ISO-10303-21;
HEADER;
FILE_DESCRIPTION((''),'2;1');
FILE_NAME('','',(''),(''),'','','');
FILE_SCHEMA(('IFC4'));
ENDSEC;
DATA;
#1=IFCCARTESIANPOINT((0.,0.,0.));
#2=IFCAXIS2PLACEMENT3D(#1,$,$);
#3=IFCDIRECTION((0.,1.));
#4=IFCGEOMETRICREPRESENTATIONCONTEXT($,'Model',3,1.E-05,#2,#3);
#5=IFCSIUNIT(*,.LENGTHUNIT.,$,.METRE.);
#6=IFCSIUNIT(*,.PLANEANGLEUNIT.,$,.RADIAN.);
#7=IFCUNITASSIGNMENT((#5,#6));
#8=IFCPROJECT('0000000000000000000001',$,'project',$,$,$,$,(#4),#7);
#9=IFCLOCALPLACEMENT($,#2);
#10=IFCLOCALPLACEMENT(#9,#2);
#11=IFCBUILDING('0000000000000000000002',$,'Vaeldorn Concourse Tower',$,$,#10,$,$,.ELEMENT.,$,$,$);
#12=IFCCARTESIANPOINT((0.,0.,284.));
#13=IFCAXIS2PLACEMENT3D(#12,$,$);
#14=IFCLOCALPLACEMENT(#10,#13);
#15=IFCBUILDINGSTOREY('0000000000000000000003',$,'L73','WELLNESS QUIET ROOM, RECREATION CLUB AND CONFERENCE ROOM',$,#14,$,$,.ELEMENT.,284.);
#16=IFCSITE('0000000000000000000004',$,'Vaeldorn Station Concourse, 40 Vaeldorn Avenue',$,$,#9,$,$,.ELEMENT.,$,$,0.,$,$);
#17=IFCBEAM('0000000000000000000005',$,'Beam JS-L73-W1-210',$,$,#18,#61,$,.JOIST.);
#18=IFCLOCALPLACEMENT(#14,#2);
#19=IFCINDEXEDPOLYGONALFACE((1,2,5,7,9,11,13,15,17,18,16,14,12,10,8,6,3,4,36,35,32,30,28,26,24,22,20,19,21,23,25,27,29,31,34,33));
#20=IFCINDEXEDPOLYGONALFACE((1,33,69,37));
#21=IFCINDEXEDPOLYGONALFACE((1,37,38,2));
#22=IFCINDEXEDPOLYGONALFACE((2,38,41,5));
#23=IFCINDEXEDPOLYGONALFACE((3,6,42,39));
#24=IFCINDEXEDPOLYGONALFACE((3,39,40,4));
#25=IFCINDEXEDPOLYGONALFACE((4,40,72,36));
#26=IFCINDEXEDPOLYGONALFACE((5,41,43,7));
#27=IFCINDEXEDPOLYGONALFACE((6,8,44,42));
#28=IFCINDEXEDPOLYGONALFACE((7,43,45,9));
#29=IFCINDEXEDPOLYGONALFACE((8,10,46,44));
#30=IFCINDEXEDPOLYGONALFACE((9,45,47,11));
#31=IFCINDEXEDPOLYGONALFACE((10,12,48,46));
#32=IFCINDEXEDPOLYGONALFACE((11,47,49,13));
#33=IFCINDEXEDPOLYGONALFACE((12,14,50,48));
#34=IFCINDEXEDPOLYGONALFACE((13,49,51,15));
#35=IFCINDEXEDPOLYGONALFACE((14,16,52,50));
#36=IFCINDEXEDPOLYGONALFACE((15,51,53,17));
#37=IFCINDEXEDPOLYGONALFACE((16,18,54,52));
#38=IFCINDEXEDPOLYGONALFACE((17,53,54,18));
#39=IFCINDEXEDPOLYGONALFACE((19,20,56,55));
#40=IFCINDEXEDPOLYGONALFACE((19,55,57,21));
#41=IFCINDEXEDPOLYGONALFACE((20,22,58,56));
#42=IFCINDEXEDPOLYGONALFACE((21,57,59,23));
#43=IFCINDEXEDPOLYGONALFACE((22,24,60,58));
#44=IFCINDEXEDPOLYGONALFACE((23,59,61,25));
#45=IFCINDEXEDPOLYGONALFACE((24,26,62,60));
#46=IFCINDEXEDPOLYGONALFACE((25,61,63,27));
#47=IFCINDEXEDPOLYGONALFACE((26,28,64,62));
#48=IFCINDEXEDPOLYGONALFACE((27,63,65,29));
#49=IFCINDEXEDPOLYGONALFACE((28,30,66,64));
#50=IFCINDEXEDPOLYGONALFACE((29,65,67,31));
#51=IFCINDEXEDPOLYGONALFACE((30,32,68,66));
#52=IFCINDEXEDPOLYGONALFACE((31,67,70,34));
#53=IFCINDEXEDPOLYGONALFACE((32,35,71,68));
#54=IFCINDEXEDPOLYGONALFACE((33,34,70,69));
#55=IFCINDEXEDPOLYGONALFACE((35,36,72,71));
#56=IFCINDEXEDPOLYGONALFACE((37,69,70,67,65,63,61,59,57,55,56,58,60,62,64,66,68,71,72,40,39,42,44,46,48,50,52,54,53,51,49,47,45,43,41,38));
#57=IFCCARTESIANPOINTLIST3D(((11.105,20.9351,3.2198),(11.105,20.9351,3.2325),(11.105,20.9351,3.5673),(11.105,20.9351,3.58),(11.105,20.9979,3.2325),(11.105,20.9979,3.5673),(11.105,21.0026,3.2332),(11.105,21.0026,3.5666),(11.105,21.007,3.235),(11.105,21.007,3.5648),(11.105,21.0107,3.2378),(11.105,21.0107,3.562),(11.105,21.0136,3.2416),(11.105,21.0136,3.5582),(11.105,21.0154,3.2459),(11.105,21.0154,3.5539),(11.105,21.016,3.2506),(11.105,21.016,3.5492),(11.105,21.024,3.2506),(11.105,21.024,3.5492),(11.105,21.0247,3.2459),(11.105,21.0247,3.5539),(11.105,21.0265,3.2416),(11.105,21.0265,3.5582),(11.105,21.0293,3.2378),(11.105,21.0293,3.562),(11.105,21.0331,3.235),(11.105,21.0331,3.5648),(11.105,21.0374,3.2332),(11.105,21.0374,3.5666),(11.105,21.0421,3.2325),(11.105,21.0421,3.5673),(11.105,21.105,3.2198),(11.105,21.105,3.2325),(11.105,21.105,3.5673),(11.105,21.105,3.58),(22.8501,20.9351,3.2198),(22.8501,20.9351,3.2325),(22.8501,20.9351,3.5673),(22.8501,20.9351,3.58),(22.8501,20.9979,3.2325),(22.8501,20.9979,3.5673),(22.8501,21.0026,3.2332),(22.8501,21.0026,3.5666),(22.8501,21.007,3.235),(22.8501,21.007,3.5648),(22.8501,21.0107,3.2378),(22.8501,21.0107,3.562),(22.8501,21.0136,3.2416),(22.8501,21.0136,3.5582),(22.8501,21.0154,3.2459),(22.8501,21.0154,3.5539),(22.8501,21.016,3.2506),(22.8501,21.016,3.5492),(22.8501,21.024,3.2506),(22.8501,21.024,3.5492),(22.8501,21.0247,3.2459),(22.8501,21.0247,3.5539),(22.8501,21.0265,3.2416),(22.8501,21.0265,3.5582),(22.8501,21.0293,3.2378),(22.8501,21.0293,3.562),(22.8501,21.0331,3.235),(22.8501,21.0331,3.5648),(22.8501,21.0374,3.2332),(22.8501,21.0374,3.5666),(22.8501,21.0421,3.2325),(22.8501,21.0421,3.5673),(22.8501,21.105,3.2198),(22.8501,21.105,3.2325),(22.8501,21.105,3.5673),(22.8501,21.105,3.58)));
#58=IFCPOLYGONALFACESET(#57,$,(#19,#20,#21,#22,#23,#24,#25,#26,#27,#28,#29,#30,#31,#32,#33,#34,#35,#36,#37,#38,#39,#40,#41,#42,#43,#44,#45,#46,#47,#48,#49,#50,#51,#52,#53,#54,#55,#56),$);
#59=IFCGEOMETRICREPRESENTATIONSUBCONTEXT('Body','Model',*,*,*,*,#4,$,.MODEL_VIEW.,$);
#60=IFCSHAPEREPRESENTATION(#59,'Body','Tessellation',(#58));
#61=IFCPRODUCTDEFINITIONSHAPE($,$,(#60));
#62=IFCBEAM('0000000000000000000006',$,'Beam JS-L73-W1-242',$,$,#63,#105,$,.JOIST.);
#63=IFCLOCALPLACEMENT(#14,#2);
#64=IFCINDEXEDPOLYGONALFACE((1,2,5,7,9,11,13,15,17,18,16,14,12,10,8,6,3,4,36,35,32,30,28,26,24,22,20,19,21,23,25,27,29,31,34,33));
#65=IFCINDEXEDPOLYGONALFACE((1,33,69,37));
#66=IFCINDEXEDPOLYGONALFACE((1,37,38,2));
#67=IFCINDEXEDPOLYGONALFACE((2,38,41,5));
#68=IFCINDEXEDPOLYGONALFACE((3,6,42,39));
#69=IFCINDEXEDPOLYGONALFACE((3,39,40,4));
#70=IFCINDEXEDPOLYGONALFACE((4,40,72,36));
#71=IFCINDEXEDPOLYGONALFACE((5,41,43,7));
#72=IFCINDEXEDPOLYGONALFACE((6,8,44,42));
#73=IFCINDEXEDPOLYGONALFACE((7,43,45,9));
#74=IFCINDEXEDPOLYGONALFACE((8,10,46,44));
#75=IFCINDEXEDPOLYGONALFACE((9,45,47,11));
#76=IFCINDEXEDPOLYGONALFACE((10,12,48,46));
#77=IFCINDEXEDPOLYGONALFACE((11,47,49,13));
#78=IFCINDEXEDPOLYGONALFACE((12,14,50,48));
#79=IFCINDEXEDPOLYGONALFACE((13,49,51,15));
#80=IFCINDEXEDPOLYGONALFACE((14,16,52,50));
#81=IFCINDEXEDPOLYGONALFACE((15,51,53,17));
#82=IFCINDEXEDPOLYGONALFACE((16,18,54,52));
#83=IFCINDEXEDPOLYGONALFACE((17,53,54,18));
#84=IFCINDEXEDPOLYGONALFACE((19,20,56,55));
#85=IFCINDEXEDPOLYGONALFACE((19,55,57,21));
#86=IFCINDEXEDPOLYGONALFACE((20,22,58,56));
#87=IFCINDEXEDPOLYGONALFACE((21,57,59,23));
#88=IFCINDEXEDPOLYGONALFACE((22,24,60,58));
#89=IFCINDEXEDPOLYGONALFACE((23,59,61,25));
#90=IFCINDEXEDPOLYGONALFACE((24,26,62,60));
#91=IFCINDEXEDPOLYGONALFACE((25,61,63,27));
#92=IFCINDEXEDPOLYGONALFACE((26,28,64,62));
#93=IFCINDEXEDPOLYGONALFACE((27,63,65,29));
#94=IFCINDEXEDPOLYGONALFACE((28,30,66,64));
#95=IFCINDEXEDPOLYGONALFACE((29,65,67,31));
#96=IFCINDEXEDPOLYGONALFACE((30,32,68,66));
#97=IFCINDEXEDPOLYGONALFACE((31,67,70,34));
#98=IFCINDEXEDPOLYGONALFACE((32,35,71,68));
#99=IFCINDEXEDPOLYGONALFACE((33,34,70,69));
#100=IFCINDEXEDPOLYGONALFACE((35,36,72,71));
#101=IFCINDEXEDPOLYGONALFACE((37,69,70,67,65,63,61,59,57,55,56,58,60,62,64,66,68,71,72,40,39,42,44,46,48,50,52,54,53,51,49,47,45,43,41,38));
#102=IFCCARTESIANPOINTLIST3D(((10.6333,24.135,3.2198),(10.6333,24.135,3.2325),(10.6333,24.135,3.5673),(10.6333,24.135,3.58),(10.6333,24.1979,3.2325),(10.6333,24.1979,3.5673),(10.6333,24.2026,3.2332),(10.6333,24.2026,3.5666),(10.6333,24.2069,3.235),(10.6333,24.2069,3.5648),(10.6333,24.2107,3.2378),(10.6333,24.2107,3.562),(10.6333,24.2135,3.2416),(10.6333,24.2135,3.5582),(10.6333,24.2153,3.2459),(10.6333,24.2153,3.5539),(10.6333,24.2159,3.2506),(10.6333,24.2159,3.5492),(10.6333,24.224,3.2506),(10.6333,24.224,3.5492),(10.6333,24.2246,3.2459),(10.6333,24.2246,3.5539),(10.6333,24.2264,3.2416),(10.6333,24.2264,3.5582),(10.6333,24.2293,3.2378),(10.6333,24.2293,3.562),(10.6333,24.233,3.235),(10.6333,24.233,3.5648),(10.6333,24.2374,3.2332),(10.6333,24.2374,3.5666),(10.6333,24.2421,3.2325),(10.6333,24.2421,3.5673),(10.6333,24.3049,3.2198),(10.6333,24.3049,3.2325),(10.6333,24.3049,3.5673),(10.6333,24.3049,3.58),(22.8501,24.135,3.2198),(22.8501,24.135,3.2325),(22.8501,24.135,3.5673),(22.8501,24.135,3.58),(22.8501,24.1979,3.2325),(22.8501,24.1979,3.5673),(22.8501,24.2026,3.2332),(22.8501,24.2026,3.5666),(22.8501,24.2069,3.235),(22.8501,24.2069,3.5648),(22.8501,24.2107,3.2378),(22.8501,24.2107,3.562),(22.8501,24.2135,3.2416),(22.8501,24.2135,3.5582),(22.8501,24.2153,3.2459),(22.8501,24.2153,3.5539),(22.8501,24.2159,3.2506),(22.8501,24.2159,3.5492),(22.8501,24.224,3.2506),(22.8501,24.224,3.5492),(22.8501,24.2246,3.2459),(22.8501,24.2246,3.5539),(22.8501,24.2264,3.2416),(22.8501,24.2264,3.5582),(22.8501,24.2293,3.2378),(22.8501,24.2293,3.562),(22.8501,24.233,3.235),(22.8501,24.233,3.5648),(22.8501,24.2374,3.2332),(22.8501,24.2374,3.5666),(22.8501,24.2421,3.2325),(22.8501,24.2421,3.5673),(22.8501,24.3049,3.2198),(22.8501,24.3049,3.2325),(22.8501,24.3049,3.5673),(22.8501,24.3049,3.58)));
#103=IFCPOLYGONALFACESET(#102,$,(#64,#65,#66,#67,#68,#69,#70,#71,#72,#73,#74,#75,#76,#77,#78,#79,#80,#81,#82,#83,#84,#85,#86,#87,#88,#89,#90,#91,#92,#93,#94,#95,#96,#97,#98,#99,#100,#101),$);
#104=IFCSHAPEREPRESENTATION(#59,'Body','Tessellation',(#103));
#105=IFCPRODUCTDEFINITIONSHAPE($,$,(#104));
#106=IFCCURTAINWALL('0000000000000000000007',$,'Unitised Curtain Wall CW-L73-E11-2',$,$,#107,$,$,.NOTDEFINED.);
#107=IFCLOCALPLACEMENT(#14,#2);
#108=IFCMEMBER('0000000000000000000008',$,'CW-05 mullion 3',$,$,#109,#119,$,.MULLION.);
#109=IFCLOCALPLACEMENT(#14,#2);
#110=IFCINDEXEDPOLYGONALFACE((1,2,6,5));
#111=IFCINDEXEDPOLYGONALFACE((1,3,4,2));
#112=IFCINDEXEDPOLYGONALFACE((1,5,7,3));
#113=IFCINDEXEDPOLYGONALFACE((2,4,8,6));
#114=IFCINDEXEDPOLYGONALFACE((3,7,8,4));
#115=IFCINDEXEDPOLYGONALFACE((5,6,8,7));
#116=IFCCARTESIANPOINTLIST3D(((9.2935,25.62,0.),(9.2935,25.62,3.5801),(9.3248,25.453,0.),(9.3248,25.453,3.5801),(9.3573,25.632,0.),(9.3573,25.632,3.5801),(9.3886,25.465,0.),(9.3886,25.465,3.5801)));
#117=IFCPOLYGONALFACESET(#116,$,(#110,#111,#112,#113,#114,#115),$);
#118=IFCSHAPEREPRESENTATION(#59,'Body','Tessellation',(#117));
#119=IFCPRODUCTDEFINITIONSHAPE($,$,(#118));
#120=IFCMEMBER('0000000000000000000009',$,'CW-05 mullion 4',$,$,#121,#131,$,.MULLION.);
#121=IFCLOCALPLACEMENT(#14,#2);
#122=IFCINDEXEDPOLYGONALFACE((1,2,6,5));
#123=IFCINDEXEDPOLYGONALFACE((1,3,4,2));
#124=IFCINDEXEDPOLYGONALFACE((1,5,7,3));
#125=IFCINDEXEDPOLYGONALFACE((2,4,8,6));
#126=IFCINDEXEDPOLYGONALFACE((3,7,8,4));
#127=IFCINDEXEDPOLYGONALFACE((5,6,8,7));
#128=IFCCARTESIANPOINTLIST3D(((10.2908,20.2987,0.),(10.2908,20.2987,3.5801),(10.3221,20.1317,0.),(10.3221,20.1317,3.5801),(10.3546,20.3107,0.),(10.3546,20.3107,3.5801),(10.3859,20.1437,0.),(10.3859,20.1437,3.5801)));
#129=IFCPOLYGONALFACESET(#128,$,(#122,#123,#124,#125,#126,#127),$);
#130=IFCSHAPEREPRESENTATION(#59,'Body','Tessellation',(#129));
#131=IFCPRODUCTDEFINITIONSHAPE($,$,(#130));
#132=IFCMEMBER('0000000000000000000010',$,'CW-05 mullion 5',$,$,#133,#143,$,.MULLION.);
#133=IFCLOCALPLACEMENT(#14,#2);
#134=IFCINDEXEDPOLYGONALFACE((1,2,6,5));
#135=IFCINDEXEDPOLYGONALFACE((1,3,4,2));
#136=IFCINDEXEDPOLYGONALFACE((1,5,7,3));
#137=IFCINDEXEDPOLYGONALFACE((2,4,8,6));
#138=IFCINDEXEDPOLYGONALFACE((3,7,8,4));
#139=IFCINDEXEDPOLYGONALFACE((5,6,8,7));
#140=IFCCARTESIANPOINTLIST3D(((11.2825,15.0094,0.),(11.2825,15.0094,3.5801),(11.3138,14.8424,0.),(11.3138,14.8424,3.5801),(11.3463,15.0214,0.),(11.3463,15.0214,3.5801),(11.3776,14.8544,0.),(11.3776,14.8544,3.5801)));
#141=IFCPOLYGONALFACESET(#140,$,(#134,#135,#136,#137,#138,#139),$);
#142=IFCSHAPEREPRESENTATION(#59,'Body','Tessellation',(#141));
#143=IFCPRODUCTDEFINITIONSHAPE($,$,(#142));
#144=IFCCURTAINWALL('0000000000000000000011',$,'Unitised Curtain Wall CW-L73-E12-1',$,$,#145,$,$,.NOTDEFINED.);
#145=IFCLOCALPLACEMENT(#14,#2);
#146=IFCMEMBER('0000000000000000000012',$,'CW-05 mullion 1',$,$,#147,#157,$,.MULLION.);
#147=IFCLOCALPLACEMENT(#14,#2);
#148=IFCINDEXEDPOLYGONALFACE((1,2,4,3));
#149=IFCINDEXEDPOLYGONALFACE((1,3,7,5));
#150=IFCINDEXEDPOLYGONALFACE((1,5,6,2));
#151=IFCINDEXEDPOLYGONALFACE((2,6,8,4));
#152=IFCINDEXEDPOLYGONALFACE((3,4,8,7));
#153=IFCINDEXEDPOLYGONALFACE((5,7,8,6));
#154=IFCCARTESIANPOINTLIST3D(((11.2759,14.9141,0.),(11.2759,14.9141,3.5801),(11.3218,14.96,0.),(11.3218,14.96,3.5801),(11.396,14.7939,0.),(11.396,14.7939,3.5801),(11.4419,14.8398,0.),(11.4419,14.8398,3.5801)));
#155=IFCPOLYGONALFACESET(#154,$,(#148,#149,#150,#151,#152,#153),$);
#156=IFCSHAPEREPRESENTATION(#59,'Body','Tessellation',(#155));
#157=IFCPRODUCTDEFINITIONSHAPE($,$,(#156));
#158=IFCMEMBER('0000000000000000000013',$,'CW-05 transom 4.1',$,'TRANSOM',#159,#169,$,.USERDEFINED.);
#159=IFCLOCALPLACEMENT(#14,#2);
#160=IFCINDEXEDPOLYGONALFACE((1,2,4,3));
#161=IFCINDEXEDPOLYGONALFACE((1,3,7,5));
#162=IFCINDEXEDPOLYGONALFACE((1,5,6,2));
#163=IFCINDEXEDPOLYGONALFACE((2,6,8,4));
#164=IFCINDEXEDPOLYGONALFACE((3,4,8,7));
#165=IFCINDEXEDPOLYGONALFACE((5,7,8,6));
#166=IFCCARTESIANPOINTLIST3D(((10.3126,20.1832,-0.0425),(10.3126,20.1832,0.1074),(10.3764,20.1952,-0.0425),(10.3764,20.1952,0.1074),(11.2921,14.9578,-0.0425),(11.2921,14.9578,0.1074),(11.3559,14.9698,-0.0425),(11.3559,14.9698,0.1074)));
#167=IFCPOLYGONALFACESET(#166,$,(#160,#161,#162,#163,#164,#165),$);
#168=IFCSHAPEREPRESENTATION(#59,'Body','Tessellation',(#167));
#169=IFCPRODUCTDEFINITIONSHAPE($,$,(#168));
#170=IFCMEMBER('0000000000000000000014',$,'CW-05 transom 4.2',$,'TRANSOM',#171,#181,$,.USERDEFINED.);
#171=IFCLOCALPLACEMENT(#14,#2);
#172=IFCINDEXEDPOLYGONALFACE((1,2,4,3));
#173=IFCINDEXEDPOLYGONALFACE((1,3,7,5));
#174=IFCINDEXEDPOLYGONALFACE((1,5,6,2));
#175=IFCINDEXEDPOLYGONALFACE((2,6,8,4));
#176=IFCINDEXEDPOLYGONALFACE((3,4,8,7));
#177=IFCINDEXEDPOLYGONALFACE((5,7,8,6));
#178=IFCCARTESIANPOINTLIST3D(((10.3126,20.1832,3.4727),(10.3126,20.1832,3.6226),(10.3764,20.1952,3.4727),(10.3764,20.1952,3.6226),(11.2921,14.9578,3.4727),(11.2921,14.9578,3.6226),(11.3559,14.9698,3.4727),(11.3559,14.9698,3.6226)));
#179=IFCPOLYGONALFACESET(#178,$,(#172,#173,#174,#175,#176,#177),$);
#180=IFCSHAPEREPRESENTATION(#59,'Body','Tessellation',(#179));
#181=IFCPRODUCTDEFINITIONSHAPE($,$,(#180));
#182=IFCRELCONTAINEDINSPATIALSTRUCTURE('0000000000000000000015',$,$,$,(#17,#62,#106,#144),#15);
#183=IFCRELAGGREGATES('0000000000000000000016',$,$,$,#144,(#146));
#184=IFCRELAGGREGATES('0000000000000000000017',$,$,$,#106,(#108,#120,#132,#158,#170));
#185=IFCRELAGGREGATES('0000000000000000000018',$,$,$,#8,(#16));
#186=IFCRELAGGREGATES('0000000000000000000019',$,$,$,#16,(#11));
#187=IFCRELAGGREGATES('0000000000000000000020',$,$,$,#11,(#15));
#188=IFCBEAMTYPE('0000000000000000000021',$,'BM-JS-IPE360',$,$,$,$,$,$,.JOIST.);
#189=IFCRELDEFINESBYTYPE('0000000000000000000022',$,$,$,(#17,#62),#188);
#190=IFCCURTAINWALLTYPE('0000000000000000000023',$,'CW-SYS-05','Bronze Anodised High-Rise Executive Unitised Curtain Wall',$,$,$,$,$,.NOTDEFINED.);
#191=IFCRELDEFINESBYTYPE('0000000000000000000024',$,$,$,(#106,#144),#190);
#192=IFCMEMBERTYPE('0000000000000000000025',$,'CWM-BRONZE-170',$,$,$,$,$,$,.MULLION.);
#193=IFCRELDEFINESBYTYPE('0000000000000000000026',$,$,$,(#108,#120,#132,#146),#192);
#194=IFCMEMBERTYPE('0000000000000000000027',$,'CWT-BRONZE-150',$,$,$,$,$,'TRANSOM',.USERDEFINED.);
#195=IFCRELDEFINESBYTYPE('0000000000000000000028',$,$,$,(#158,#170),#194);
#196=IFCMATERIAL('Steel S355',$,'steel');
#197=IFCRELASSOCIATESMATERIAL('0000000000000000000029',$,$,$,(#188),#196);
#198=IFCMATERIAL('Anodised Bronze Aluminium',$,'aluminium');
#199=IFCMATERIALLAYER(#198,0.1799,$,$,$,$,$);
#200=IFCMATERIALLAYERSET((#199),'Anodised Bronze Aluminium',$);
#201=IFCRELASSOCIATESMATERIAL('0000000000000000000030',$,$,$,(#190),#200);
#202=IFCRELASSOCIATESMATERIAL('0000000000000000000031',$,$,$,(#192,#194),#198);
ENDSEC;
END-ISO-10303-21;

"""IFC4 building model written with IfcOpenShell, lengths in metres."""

from ifc_helpers import new_model, si_unit, direction, frame, origin, origin_2d, place, context, subcontext, project, spatial, rectangle, i_section, extrude, source, transform, mapped, material, layer, layer_set, material_profile, profile_set, type_object, element, aggregate, save


model = new_model("IFC4")

# Units and contexts
model_context = context("Model", 3, precision=1e-05, world=origin(), true_north=direction((0.0, 1.0)))
body_context = subcontext(model_context, "Body", "Model", "MODEL_VIEW")
ifc_project = project(units=[si_unit("LENGTHUNIT", "METRE"), si_unit("PLANEANGLEUNIT", "RADIAN")], contexts=[model_context])

# Site, building, storey
site_placement = place(None, origin())
site = spatial("IfcSite", under=ifc_project, at=site_placement, Name="Vaeldorn Station Concourse, 40 Vaeldorn Avenue", CompositionType="ELEMENT", RefElevation=0.0)
building_placement = place(site_placement, origin())
building = spatial("IfcBuilding", under=site, at=building_placement, Name="Vaeldorn Concourse Tower", CompositionType="ELEMENT")
storey_placement = place(building_placement, frame((0.0, 0.0, 284.0)))
storey = spatial("IfcBuildingStorey", under=building, at=storey_placement, Name="L73", Description="WELLNESS QUIET ROOM, RECREATION CLUB AND CONFERENCE ROOM", CompositionType="ELEMENT", Elevation=284.0)

# Shared definitions
ifc_material_1 = material(Name="Steel S355", Category="steel")

# Beams
ifc_material_profile_1 = material_profile(ifc_material_1, i_section(OverallWidth=0.1699, OverallDepth=0.3601, WebThickness=0.0081, FlangeThickness=0.0127, FilletRadius=0.0181, at=origin_2d()), Name="IPE 360")
ifc_profile_set_1 = profile_set([ifc_material_profile_1], Name="Steel S355")
beam_type_1 = type_object("IfcBeamType", Name="BM-JS-IPE360", PredefinedType="JOIST", material=ifc_profile_set_1)
shared_shape_1 = source(origin(), body_context, "Body", "SweptSolid", [
    extrude(i_section(OverallWidth=0.1699, OverallDepth=0.3601, WebThickness=0.0081, FlangeThickness=0.0127, FilletRadius=0.0181, at=origin_2d()), origin(), (0.0, 0.0, 1.0), 11.7451),
])
beam_1_placement = place(storey_placement, frame((11.105, 21.02, 3.3999), z_axis=(1.0, 0.0, 0.0), x_axis=(0.0, 1.0, 0.0)))
element("IfcBeam", 1, at=beam_1_placement, inside=storey, type_object=beam_type_1, Name="Beam JS-L73-W1-210", PredefinedType="JOIST", context=body_context, shape_type="MappedRepresentation", body=[
    mapped(shared_shape_1, transform((0.0, 0.0, 0.0), scale=1.0)),
])
shared_shape_2 = source(origin(), body_context, "Body", "SweptSolid", [
    extrude(i_section(OverallWidth=0.1699, OverallDepth=0.3601, WebThickness=0.0081, FlangeThickness=0.0127, FilletRadius=0.0181, at=origin_2d()), origin(), (0.0, 0.0, 1.0), 12.2168),
])
beam_2_placement = place(storey_placement, frame((10.6333, 24.22, 3.3999), z_axis=(1.0, 0.0, 0.0), x_axis=(0.0, 1.0, 0.0)))
element("IfcBeam", 2, at=beam_2_placement, inside=storey, type_object=beam_type_1, Name="Beam JS-L73-W1-242", PredefinedType="JOIST", context=body_context, shape_type="MappedRepresentation", body=[
    mapped(shared_shape_2, transform((0.0, 0.0, 0.0), scale=1.0)),
])

# Curtain wall, members
ifc_material_2 = material(Name="Anodised Bronze Aluminium", Category="aluminium")
ifc_layer_1 = layer(ifc_material_2, 0.1799)
ifc_layer_set_1 = layer_set([ifc_layer_1], Name="Anodised Bronze Aluminium")
curtain_wall_type = type_object("IfcCurtainWallType", Name="CW-SYS-05", Description="Bronze Anodised High-Rise Executive Unitised Curtain Wall", PredefinedType="NOTDEFINED", material=ifc_layer_set_1)
curtain_wall_1_placement = place(storey_placement, origin())
curtain_wall_1 = element("IfcCurtainWall", 3, at=curtain_wall_1_placement, inside=storey, type_object=curtain_wall_type, Name="Unitised Curtain Wall CW-L73-E11-2", PredefinedType="NOTDEFINED")
ifc_material_profile_2 = material_profile(ifc_material_2, rectangle(XDim=0.0649, YDim=0.1699, at=origin_2d()), Name="CWM 65x170")
ifc_profile_set_2 = profile_set([ifc_material_profile_2], Name="Anodised Bronze Aluminium")
member_type_1 = type_object("IfcMemberType", Name="CWM-BRONZE-170", PredefinedType="MULLION", material=ifc_profile_set_2)
shared_shape_3 = source(origin(), body_context, "Body", "SweptSolid", [
    extrude(rectangle(XDim=0.0649, YDim=0.1699, at=origin_2d()), origin(), (0.0, 0.0, 1.0), 3.5801),
])
member_1_placement = place(storey_placement, frame((9.3411, 25.5425, 0.0), z_axis=(0.0, 0.0, 1.0), x_axis=(0.98288, 0.184247, 0.0)))
member_1 = element("IfcMember", 4, at=member_1_placement, type_object=member_type_1, Name="CW-05 mullion 3", PredefinedType="MULLION", context=body_context, shape_type="MappedRepresentation", body=[
    mapped(shared_shape_3, transform((0.0, 0.0, 0.0), scale=1.0)),
])
member_2_placement = place(storey_placement, frame((10.3384, 20.2212, 0.0), z_axis=(0.0, 0.0, 1.0), x_axis=(0.98288, 0.184247, 0.0)))
member_2 = element("IfcMember", 5, at=member_2_placement, type_object=member_type_1, Name="CW-05 mullion 4", PredefinedType="MULLION", context=body_context, shape_type="MappedRepresentation", body=[
    mapped(shared_shape_3, transform((0.0, 0.0, 0.0), scale=1.0)),
])
member_3_placement = place(storey_placement, frame((11.3301, 14.9319, 0.0), z_axis=(0.0, 0.0, 1.0), x_axis=(0.98288, 0.184247, 0.0)))
member_3 = element("IfcMember", 6, at=member_3_placement, type_object=member_type_1, Name="CW-05 mullion 5", PredefinedType="MULLION", context=body_context, shape_type="MappedRepresentation", body=[
    mapped(shared_shape_3, transform((0.0, 0.0, 0.0), scale=1.0)),
])

# Curtain wall, member
curtain_wall_2_placement = place(storey_placement, origin())
curtain_wall_2 = element("IfcCurtainWall", 7, at=curtain_wall_2_placement, inside=storey, type_object=curtain_wall_type, Name="Unitised Curtain Wall CW-L73-E12-1", PredefinedType="NOTDEFINED")
member_4_placement = place(storey_placement, frame((11.3589, 14.877, 0.0), z_axis=(0.0, 0.0, 1.0), x_axis=(0.707107, 0.707107, 0.0)))
member_4 = element("IfcMember", 8, at=member_4_placement, type_object=member_type_1, Name="CW-05 mullion 1", PredefinedType="MULLION", context=body_context, shape_type="MappedRepresentation", body=[
    mapped(shared_shape_3, transform((0.0, 0.0, 0.0), scale=1.0)),
])
aggregate(curtain_wall_2, [member_4])

# Members
ifc_material_profile_3 = material_profile(ifc_material_2, rectangle(XDim=0.0649, YDim=0.1499, at=origin_2d()), Name="CWT 65x150")
ifc_profile_set_3 = profile_set([ifc_material_profile_3], Name="Anodised Bronze Aluminium")
member_type_2 = type_object("IfcMemberType", Name="CWT-BRONZE-150", ElementType="TRANSOM", PredefinedType="USERDEFINED", material=ifc_profile_set_3)
shared_shape_4 = source(origin(), body_context, "Body", "SweptSolid", [
    extrude(rectangle(XDim=0.0649, YDim=0.1499, at=origin_2d()), origin(), (0.0, 0.0, 1.0), 5.3164),
])
member_5_placement = place(storey_placement, frame((10.3445, 20.1892, 0.0325), z_axis=(0.184241, -0.982881, 0.0), x_axis=(0.982881, 0.184241, 0.0)))
member_5 = element("IfcMember", 9, at=member_5_placement, type_object=member_type_2, Name="CW-05 transom 4.1", ObjectType="TRANSOM", PredefinedType="USERDEFINED", context=body_context, shape_type="MappedRepresentation", body=[
    mapped(shared_shape_4, transform((0.0, 0.0, 0.0), scale=1.0)),
])
member_6_placement = place(storey_placement, frame((10.3445, 20.1892, 3.5476), z_axis=(0.184241, -0.982881, 0.0), x_axis=(0.982881, 0.184241, 0.0)))
member_6 = element("IfcMember", 10, at=member_6_placement, type_object=member_type_2, Name="CW-05 transom 4.2", ObjectType="TRANSOM", PredefinedType="USERDEFINED", context=body_context, shape_type="MappedRepresentation", body=[
    mapped(shared_shape_4, transform((0.0, 0.0, 0.0), scale=1.0)),
])

aggregate(curtain_wall_1, [member_1, member_2, member_3, member_5, member_6])

save(model, "model.ifc")
